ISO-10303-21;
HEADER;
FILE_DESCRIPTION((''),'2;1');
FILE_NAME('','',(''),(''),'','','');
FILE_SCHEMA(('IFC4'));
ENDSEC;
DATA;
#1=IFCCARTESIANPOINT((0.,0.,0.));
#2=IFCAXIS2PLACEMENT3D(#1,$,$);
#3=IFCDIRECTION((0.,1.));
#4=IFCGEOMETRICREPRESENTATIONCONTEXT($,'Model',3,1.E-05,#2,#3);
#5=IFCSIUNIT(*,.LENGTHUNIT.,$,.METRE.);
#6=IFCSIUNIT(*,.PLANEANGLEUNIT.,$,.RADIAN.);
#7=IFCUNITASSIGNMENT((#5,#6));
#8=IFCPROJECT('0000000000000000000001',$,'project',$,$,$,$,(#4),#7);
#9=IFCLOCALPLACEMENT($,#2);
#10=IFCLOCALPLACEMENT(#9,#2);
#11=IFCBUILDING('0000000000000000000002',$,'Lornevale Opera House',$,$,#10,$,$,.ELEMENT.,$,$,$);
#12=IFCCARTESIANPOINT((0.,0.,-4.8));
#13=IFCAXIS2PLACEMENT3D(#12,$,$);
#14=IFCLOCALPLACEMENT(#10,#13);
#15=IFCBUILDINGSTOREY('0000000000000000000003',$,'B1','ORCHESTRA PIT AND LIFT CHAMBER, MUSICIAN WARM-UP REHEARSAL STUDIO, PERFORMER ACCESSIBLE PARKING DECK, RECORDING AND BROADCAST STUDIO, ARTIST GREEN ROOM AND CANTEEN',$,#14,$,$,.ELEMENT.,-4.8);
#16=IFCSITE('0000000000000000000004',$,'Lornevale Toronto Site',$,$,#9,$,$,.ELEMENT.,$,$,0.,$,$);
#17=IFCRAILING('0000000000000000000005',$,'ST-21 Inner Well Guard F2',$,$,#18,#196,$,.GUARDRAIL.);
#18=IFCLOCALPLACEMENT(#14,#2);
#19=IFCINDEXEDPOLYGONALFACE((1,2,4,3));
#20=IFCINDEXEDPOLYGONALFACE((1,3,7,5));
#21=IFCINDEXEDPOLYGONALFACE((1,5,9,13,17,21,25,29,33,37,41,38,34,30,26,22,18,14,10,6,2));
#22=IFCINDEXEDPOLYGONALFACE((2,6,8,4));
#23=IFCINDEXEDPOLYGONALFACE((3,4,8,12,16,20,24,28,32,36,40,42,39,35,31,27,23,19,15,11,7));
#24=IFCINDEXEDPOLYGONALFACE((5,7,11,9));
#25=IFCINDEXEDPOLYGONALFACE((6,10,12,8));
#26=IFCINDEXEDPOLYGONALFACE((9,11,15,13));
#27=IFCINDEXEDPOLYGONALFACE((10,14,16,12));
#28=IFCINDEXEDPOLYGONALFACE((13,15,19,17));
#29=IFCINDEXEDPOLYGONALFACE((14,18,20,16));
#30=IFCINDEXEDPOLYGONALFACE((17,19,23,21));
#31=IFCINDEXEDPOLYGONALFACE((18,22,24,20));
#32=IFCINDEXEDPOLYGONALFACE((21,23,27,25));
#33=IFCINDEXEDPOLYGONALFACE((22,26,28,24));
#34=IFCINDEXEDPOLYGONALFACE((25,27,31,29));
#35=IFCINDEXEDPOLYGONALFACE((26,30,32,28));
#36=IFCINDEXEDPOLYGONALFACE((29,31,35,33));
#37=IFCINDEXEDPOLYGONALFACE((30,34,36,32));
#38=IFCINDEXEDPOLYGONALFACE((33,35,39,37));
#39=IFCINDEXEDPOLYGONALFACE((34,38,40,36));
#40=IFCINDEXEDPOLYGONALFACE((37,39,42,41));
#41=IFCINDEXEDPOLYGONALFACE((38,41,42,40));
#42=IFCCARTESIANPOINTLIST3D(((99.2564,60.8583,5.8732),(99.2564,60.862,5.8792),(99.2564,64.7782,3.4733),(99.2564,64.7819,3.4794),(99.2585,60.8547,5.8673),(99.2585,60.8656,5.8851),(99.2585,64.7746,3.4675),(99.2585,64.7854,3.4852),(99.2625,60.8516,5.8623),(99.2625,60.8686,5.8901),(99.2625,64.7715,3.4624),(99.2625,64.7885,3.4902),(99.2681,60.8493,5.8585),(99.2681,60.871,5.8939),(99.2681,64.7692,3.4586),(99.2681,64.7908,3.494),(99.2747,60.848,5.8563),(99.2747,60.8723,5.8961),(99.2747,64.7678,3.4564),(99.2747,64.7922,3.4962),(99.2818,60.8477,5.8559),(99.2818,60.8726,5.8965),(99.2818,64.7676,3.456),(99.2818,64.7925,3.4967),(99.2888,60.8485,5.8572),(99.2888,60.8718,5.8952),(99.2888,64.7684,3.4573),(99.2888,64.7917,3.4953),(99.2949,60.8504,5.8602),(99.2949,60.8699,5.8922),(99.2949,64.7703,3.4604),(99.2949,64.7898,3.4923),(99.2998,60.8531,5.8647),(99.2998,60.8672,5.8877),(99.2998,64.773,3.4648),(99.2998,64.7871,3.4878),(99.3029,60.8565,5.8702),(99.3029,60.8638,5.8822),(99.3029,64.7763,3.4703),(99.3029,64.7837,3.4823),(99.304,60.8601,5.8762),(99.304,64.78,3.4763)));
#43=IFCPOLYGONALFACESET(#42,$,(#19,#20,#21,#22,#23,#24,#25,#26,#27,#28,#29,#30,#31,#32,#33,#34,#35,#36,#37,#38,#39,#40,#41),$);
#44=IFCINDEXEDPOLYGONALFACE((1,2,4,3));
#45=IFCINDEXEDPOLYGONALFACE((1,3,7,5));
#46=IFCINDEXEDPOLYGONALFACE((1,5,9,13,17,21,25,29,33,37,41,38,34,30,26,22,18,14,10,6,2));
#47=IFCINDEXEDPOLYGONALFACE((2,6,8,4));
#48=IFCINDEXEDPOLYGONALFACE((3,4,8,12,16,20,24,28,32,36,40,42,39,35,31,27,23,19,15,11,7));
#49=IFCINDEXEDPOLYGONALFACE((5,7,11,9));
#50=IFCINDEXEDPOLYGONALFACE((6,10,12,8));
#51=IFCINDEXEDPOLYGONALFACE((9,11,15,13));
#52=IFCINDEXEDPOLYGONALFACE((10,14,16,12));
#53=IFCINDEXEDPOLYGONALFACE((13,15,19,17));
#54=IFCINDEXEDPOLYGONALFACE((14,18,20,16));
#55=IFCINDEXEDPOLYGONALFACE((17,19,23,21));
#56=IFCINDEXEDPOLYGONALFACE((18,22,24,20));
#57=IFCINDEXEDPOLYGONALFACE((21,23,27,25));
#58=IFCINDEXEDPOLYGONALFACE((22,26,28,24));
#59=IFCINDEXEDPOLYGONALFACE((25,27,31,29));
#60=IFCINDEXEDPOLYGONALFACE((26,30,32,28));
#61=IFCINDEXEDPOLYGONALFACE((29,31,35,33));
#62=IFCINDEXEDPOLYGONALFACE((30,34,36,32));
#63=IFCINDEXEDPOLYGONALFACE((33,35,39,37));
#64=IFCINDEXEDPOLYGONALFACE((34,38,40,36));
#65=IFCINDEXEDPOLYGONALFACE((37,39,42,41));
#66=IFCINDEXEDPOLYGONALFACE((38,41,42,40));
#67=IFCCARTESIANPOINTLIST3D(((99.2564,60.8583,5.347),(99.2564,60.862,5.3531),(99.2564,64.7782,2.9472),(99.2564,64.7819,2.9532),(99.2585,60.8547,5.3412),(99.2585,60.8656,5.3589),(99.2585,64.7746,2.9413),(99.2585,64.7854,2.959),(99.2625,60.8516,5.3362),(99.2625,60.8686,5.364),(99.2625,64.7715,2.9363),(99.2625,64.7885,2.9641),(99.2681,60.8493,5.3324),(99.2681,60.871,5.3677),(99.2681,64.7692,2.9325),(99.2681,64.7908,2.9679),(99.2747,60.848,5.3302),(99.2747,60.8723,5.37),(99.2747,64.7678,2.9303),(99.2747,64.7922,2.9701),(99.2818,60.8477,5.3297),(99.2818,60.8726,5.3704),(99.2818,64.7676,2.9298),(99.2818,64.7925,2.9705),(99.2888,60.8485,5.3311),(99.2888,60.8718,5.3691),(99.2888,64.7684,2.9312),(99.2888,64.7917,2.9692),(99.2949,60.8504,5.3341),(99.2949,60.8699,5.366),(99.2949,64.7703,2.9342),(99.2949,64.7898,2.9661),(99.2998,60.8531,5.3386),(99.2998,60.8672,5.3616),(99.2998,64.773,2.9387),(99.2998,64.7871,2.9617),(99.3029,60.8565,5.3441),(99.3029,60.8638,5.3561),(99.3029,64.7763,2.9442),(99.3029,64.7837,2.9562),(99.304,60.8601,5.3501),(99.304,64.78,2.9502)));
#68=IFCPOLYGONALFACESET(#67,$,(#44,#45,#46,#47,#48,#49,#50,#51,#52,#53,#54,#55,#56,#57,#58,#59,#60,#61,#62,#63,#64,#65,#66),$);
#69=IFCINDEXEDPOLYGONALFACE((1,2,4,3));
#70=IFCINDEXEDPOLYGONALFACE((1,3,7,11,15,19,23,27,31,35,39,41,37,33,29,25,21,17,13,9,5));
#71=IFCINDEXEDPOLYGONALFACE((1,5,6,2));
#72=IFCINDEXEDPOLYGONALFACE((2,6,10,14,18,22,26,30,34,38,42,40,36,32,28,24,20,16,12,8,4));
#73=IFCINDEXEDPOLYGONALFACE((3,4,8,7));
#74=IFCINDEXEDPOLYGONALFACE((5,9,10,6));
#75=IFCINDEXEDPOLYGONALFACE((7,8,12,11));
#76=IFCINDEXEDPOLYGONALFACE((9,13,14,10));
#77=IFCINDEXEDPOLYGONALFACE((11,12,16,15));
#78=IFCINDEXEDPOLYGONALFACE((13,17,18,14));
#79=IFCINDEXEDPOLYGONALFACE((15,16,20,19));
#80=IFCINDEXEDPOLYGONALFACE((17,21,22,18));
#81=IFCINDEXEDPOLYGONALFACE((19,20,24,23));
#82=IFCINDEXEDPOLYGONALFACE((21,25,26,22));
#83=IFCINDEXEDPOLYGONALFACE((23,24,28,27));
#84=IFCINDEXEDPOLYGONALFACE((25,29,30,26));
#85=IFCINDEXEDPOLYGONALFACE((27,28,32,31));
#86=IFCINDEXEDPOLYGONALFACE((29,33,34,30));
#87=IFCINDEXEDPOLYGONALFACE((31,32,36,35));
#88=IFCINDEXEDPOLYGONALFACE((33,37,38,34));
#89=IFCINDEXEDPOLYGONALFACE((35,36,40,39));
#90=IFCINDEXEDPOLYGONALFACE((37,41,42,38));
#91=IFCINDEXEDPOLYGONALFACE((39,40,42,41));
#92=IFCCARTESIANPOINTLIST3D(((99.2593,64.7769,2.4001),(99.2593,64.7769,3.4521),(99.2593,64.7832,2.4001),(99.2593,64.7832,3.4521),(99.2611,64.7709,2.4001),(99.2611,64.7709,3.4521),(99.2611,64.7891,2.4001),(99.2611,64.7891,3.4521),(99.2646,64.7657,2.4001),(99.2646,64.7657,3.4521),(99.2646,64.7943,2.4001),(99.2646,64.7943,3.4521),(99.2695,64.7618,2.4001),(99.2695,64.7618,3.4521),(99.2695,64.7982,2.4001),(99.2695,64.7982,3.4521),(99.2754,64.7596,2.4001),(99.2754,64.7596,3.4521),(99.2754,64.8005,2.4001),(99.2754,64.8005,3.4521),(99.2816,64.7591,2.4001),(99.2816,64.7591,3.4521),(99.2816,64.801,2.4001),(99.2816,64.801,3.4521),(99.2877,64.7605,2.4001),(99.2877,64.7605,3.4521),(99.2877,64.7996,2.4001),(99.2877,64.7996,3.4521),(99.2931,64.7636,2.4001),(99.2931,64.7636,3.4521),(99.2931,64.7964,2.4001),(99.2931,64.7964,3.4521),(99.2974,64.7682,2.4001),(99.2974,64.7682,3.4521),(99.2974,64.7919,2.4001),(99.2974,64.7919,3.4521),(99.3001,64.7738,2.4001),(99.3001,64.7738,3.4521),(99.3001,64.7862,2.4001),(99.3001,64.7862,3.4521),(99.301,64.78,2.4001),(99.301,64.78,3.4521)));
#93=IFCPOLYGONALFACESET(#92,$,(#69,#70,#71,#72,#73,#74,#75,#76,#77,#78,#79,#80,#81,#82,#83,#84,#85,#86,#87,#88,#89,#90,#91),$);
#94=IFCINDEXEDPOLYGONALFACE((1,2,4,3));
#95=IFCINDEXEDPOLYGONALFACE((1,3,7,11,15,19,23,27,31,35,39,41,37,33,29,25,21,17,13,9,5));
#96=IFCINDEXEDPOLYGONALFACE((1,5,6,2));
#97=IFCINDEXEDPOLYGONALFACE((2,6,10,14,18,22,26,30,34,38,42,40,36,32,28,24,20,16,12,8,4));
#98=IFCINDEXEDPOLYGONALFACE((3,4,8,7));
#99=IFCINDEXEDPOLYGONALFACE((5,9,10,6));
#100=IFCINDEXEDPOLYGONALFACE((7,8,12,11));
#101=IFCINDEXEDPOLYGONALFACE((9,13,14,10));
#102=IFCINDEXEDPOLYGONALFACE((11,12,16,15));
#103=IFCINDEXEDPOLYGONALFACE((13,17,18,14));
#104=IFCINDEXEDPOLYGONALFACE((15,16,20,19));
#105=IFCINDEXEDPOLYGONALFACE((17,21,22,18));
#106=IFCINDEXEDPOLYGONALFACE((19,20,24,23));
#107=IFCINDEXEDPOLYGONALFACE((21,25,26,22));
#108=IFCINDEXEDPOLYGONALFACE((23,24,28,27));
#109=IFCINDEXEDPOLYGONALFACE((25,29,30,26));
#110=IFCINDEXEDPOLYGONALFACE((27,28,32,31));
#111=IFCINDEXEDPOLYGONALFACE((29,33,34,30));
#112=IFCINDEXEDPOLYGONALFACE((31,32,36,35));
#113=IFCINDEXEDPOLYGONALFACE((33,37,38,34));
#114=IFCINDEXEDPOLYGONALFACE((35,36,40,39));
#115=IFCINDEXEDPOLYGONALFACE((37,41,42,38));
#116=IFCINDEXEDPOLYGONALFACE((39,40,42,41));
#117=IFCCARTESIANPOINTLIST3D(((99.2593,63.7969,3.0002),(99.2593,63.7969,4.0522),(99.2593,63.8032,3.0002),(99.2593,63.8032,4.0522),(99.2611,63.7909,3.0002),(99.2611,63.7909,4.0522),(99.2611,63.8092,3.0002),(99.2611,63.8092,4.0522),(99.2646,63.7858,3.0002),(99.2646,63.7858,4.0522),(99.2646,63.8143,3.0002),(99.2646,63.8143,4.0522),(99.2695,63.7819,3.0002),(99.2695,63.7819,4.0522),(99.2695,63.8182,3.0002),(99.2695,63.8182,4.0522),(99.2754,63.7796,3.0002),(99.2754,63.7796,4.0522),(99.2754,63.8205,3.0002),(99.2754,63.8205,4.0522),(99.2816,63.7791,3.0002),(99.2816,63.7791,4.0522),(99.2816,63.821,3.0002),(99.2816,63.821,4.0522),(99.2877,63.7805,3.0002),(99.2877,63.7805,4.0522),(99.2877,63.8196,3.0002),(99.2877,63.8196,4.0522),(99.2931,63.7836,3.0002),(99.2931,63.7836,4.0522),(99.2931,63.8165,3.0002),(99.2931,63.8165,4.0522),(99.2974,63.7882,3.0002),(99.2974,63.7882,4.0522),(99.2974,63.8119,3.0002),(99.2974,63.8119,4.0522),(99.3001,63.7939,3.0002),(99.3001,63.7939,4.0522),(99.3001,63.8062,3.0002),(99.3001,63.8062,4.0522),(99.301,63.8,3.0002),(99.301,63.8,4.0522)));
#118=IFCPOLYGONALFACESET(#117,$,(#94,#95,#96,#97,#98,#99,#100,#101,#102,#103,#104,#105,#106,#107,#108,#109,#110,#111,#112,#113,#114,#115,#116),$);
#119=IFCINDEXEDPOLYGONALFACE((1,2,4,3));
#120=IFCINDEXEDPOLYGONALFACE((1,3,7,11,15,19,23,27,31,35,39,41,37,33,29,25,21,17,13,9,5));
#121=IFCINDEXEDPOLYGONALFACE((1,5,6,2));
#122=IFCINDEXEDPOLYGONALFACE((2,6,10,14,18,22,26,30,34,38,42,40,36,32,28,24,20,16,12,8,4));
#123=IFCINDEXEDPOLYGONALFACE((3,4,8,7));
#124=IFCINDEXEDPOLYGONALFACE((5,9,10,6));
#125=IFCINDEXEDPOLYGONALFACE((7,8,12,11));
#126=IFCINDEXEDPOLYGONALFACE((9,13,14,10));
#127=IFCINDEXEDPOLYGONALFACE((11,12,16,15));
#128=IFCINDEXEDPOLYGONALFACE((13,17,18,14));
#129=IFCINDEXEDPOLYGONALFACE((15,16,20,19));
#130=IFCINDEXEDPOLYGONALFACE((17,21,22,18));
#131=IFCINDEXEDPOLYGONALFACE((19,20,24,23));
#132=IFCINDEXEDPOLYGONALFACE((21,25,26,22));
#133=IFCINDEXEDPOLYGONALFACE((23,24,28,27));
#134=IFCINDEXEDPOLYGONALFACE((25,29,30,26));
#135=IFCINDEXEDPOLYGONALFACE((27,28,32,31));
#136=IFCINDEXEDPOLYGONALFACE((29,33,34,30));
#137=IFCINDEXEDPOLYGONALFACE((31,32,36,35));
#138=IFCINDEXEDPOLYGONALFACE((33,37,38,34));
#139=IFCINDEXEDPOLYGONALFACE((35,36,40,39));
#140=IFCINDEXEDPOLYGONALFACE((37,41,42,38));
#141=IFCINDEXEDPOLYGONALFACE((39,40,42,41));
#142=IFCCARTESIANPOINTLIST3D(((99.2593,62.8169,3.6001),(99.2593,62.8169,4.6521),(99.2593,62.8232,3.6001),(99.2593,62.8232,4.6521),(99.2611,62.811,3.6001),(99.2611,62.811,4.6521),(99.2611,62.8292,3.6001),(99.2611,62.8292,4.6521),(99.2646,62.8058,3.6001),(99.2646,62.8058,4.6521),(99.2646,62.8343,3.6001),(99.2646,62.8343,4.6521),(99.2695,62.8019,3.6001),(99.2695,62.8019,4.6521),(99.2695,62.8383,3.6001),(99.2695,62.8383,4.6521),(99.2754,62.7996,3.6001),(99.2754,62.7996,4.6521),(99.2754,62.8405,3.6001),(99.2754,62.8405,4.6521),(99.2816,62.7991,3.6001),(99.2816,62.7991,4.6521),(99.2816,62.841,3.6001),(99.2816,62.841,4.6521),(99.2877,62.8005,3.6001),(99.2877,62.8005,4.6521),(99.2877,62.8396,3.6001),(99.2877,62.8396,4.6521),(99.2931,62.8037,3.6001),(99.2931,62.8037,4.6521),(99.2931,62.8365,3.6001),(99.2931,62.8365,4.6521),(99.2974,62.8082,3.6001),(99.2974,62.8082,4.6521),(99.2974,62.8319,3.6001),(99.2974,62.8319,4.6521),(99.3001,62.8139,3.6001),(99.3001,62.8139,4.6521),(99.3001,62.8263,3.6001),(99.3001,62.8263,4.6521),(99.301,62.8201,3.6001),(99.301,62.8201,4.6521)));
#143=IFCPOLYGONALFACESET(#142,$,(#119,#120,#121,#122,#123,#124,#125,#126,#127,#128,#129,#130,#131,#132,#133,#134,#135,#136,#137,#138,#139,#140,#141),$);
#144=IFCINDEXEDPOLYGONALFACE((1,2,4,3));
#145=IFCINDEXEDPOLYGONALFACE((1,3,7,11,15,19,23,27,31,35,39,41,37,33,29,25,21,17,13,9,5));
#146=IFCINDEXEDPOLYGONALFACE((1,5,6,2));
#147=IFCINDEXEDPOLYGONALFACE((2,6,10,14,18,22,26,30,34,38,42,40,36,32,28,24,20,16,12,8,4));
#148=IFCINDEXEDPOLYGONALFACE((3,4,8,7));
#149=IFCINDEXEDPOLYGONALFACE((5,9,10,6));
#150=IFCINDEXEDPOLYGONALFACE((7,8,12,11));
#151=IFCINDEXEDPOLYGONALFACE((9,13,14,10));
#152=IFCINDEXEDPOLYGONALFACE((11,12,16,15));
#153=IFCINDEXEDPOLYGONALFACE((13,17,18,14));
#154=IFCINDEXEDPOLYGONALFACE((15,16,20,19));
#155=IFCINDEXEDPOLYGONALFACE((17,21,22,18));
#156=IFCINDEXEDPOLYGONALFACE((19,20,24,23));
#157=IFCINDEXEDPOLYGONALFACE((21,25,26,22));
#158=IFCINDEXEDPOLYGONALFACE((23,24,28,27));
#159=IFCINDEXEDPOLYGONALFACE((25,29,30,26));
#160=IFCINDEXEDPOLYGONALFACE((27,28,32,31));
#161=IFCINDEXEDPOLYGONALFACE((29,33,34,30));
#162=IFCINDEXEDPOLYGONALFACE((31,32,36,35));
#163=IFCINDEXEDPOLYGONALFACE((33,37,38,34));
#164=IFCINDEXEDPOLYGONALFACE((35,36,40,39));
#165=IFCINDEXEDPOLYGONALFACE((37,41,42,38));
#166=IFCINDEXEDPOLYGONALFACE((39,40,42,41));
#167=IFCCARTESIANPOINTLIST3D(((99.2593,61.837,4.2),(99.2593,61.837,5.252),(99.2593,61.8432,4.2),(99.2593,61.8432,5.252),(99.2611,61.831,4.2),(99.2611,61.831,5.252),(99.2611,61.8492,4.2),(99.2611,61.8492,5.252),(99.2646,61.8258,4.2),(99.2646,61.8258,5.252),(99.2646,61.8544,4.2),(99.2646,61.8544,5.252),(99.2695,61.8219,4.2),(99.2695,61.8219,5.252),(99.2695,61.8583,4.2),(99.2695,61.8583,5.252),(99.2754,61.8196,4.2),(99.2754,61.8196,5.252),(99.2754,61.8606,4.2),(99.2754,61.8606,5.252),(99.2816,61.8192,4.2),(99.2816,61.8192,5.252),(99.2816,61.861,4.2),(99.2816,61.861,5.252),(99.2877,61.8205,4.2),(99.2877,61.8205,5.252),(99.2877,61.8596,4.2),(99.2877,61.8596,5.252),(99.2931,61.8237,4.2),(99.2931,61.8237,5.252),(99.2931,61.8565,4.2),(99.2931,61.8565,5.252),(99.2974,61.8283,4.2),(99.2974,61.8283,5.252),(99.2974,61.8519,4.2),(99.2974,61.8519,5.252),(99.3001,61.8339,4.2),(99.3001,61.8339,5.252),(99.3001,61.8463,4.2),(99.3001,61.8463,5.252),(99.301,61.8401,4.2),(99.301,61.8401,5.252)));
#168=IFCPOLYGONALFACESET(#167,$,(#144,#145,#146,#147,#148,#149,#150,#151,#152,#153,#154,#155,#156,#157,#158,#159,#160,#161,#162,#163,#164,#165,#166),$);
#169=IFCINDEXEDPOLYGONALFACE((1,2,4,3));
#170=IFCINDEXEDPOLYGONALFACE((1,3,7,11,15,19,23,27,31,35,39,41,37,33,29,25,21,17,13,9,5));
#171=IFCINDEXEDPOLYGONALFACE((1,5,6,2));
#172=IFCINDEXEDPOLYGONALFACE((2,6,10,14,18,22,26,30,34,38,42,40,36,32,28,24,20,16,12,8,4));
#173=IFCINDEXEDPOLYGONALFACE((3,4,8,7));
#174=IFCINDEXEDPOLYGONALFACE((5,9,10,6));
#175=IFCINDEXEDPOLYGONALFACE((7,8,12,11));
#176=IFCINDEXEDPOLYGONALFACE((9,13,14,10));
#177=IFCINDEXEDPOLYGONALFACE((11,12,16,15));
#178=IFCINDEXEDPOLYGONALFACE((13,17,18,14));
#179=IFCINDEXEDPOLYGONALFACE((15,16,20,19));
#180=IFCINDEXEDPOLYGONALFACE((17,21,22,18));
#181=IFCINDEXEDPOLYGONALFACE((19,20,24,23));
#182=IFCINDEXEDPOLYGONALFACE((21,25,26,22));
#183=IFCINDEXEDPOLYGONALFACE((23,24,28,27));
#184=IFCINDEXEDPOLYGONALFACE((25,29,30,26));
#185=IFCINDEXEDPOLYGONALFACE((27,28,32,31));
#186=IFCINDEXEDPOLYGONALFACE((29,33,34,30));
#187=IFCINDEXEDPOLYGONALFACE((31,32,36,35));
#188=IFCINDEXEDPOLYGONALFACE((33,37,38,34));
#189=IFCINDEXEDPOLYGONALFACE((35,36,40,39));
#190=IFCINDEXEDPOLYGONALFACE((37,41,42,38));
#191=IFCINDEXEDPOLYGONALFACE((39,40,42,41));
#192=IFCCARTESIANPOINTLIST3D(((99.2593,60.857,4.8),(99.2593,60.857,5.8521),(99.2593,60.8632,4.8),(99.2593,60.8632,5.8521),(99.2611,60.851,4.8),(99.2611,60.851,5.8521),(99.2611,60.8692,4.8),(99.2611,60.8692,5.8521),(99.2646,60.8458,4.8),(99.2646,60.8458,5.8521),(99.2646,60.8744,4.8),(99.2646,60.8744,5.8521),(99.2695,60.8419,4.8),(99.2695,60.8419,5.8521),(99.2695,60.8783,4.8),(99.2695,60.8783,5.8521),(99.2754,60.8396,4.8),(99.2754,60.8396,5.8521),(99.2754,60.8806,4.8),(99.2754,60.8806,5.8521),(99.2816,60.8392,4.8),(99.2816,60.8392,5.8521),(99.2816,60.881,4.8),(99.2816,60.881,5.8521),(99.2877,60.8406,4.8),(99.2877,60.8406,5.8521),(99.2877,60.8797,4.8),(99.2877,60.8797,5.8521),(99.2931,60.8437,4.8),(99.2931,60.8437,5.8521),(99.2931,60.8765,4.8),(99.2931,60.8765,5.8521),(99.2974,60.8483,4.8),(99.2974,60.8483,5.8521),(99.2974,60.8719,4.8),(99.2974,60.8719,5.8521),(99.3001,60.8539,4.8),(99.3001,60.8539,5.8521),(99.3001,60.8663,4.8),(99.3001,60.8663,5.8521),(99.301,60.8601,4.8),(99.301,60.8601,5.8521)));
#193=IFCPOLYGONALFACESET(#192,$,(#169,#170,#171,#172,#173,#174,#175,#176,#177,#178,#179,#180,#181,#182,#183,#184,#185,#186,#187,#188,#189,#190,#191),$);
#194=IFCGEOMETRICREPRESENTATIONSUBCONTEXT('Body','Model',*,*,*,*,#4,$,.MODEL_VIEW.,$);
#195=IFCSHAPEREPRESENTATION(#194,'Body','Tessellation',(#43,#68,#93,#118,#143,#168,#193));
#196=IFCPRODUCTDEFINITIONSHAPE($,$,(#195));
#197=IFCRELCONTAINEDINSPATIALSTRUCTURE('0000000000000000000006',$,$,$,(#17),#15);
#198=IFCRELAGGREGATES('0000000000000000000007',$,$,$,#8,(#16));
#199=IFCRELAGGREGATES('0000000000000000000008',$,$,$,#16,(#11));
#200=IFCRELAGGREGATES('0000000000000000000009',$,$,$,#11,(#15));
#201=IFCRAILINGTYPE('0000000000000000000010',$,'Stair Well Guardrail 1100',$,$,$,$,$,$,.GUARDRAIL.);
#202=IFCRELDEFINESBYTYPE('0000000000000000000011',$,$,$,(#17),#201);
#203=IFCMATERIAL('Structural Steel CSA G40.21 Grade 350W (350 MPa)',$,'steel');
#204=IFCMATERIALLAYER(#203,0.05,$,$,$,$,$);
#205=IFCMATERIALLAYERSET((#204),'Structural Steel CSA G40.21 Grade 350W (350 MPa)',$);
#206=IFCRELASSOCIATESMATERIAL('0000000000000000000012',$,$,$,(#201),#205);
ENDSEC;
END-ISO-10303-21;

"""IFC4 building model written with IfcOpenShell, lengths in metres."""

from ifc_helpers import new_model, si_unit, direction, frame, origin, origin_2d, place, context, subcontext, project, spatial, circle, extrude, material, layer, layer_set, type_object, element, save


model = new_model("IFC4")

# Units and contexts
model_context = context("Model", 3, precision=1e-05, world=origin(), true_north=direction((0.0, 1.0)))
body_context = subcontext(model_context, "Body", "Model", "MODEL_VIEW")
ifc_project = project(units=[si_unit("LENGTHUNIT", "METRE"), si_unit("PLANEANGLEUNIT", "RADIAN")], contexts=[model_context])

# Site, building, storey
site_placement = place(None, origin())
site = spatial("IfcSite", under=ifc_project, at=site_placement, Name="Lornevale Toronto Site", CompositionType="ELEMENT", RefElevation=0.0)
building_placement = place(site_placement, origin())
building = spatial("IfcBuilding", under=site, at=building_placement, Name="Lornevale Opera House", CompositionType="ELEMENT")
storey_placement = place(building_placement, frame((0.0, 0.0, -4.8)))
storey = spatial("IfcBuildingStorey", under=building, at=storey_placement, Name="B1", Description="ORCHESTRA PIT AND LIFT CHAMBER, MUSICIAN WARM-UP REHEARSAL STUDIO, PERFORMER ACCESSIBLE PARKING DECK, RECORDING AND BROADCAST STUDIO, ARTIST GREEN ROOM AND CANTEEN", CompositionType="ELEMENT", Elevation=-4.8)

# Railing
ifc_material_1 = material(Name="Structural Steel CSA G40.21 Grade 350W (350 MPa)", Category="steel")
ifc_layer_1 = layer(ifc_material_1, 0.05)
ifc_layer_set_1 = layer_set([ifc_layer_1], Name="Structural Steel CSA G40.21 Grade 350W (350 MPa)")
railing_type_1 = type_object("IfcRailingType", Name="Stair Well Guardrail 1100", PredefinedType="GUARDRAIL", material=ifc_layer_set_1)
railing_1_placement = place(storey_placement, frame((99.28, 64.78, 2.4001)))
element("IfcRailing", 1, at=railing_1_placement, inside=storey, type_object=railing_type_1, Name="ST-21 Inner Well Guard F2", PredefinedType="GUARDRAIL", context=body_context, shape_type="SweptSolid", body=[
    extrude(circle(Radius=0.0239, at=origin_2d()), frame((0.0, 0.0, 1.0762), z_axis=(0.0, -0.852856, 0.522146), x_axis=(1.0, 0.0, 0.0)), (0.0, 0.0, 1.0), 4.5962),
    extrude(circle(Radius=0.0239, at=origin_2d()), frame((0.0, 0.0, 0.55), z_axis=(0.0, -0.852856, 0.522146), x_axis=(1.0, 0.0, 0.0)), (0.0, 0.0, 1.0), 4.5962),
    extrude(circle(Radius=0.021, at=origin_2d()), origin(), (0.0, 0.0, 1.0), 1.052),
    extrude(circle(Radius=0.021, at=origin_2d()), frame((0.0, -0.98, 0.6001)), (0.0, 0.0, 1.0), 1.052),
    extrude(circle(Radius=0.021, at=origin_2d()), frame((0.0, -1.96, 1.2)), (0.0, 0.0, 1.0), 1.052),
    extrude(circle(Radius=0.021, at=origin_2d()), frame((0.0, -2.9399, 1.7998)), (0.0, 0.0, 1.0), 1.052),
    extrude(circle(Radius=0.021, at=origin_2d()), frame((0.0, -3.9199, 2.3999)), (0.0, 0.0, 1.0), 1.052),
])

save(model, "model.ifc")
